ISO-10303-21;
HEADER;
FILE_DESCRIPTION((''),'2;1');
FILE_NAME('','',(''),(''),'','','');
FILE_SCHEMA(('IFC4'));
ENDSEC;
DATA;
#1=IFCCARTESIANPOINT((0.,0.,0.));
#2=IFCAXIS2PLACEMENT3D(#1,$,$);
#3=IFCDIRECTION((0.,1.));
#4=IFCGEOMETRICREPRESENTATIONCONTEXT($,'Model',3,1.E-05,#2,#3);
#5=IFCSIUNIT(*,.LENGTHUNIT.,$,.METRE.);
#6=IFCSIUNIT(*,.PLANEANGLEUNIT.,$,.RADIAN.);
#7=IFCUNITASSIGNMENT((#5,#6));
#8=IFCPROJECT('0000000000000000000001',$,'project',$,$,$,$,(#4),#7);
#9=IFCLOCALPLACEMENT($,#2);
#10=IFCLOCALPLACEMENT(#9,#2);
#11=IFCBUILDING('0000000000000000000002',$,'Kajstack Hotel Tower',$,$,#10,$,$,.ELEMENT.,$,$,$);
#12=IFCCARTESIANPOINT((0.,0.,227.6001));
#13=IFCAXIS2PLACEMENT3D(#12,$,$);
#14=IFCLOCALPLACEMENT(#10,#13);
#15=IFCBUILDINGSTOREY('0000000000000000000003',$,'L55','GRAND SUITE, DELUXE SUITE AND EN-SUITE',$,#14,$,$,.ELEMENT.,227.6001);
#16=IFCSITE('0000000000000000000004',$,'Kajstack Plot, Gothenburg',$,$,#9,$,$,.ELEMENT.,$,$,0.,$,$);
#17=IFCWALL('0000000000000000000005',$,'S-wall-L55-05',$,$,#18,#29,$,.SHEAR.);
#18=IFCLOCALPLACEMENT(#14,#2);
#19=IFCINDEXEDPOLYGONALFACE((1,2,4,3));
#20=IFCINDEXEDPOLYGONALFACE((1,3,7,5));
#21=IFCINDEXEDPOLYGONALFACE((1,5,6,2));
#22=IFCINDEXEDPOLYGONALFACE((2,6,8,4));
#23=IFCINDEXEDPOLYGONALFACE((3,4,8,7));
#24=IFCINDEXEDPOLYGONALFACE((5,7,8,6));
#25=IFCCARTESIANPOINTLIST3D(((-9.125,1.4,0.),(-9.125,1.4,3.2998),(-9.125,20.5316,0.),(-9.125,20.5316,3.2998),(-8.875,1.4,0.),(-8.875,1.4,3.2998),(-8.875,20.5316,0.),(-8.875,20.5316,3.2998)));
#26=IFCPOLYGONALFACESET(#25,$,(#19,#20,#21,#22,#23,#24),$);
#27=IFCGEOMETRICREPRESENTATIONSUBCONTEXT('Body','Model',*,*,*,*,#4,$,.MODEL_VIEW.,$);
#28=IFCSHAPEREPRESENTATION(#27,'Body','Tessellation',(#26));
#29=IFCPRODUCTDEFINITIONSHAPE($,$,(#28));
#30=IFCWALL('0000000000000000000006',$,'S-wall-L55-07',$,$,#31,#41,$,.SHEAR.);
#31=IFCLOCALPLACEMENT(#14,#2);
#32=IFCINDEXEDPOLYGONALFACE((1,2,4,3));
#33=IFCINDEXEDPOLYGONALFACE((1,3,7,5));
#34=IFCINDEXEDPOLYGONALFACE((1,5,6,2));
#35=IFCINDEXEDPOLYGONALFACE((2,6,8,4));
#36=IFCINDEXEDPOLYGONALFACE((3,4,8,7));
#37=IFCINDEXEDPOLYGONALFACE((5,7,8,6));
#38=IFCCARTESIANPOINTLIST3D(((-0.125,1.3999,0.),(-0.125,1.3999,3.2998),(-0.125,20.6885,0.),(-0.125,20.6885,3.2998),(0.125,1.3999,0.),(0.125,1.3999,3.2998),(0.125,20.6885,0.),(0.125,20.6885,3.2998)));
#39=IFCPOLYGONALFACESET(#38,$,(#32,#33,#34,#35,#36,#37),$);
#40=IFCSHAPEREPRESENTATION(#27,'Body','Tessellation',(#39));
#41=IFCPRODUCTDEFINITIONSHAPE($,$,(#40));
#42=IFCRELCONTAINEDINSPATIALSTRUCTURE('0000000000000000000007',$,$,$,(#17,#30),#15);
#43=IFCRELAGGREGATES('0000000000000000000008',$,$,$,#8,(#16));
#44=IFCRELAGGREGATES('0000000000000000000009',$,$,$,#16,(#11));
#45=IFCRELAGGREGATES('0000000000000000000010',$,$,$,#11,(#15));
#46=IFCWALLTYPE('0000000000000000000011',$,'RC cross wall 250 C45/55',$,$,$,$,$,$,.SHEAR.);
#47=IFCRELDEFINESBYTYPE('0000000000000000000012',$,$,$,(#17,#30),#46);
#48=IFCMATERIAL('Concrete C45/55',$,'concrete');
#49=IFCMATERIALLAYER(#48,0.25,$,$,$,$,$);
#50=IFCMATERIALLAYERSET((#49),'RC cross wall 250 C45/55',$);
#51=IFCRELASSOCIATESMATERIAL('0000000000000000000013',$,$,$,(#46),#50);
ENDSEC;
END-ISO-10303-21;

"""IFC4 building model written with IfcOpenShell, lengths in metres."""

from ifc_helpers import new_model, si_unit, direction, frame, frame_2d, origin, place, context, subcontext, project, spatial, rectangle, extrude, material, layer, layer_set, type_object, element, save


model = new_model("IFC4")

# Units and contexts
model_context = context("Model", 3, precision=1e-05, world=origin(), true_north=direction((0.0, 1.0)))
body_context = subcontext(model_context, "Body", "Model", "MODEL_VIEW")
ifc_project = project(units=[si_unit("LENGTHUNIT", "METRE"), si_unit("PLANEANGLEUNIT", "RADIAN")], contexts=[model_context])

# Site, building, storey
site_placement = place(None, origin())
site = spatial("IfcSite", under=ifc_project, at=site_placement, Name="Kajstack Plot, Gothenburg", CompositionType="ELEMENT", RefElevation=0.0)
building_placement = place(site_placement, origin())
building = spatial("IfcBuilding", under=site, at=building_placement, Name="Kajstack Hotel Tower", CompositionType="ELEMENT")
storey_placement = place(building_placement, frame((0.0, 0.0, 227.6001)))
storey = spatial("IfcBuildingStorey", under=building, at=storey_placement, Name="L55", Description="GRAND SUITE, DELUXE SUITE AND EN-SUITE", CompositionType="ELEMENT", Elevation=227.6001)

# Walls
ifc_material_1 = material(Name="Concrete C45/55", Category="concrete")
ifc_layer_1 = layer(ifc_material_1, 0.25)
ifc_layer_set_1 = layer_set([ifc_layer_1], Name="RC cross wall 250 C45/55")
wall_type_1 = type_object("IfcWallType", Name="RC cross wall 250 C45/55", PredefinedType="SHEAR", material=ifc_layer_set_1)
wall_1_placement = place(storey_placement, frame((-9.0, 1.3999, 0.0), z_axis=(0.0, 0.0, 1.0), x_axis=(0.0, 1.0, 0.0)))
element("IfcWall", 1, at=wall_1_placement, inside=storey, type_object=wall_type_1, Name="S-wall-L55-05", PredefinedType="SHEAR", context=body_context, shape_type="SweptSolid", body=[
    extrude(rectangle(XDim=19.1316, YDim=0.25, at=frame_2d((9.5659, 0.0))), origin(), (0.0, 0.0, 1.0), 3.2998),
])
wall_2_placement = place(storey_placement, frame((0.0, 1.3999, 0.0), z_axis=(0.0, 0.0, 1.0), x_axis=(0.0, 1.0, 0.0)))
element("IfcWall", 2, at=wall_2_placement, inside=storey, type_object=wall_type_1, Name="S-wall-L55-07", PredefinedType="SHEAR", context=body_context, shape_type="SweptSolid", body=[
    extrude(rectangle(XDim=19.2886, YDim=0.25, at=frame_2d((9.6443, 0.0))), origin(), (0.0, 0.0, 1.0), 3.2998),
])

save(model, "model.ifc")
